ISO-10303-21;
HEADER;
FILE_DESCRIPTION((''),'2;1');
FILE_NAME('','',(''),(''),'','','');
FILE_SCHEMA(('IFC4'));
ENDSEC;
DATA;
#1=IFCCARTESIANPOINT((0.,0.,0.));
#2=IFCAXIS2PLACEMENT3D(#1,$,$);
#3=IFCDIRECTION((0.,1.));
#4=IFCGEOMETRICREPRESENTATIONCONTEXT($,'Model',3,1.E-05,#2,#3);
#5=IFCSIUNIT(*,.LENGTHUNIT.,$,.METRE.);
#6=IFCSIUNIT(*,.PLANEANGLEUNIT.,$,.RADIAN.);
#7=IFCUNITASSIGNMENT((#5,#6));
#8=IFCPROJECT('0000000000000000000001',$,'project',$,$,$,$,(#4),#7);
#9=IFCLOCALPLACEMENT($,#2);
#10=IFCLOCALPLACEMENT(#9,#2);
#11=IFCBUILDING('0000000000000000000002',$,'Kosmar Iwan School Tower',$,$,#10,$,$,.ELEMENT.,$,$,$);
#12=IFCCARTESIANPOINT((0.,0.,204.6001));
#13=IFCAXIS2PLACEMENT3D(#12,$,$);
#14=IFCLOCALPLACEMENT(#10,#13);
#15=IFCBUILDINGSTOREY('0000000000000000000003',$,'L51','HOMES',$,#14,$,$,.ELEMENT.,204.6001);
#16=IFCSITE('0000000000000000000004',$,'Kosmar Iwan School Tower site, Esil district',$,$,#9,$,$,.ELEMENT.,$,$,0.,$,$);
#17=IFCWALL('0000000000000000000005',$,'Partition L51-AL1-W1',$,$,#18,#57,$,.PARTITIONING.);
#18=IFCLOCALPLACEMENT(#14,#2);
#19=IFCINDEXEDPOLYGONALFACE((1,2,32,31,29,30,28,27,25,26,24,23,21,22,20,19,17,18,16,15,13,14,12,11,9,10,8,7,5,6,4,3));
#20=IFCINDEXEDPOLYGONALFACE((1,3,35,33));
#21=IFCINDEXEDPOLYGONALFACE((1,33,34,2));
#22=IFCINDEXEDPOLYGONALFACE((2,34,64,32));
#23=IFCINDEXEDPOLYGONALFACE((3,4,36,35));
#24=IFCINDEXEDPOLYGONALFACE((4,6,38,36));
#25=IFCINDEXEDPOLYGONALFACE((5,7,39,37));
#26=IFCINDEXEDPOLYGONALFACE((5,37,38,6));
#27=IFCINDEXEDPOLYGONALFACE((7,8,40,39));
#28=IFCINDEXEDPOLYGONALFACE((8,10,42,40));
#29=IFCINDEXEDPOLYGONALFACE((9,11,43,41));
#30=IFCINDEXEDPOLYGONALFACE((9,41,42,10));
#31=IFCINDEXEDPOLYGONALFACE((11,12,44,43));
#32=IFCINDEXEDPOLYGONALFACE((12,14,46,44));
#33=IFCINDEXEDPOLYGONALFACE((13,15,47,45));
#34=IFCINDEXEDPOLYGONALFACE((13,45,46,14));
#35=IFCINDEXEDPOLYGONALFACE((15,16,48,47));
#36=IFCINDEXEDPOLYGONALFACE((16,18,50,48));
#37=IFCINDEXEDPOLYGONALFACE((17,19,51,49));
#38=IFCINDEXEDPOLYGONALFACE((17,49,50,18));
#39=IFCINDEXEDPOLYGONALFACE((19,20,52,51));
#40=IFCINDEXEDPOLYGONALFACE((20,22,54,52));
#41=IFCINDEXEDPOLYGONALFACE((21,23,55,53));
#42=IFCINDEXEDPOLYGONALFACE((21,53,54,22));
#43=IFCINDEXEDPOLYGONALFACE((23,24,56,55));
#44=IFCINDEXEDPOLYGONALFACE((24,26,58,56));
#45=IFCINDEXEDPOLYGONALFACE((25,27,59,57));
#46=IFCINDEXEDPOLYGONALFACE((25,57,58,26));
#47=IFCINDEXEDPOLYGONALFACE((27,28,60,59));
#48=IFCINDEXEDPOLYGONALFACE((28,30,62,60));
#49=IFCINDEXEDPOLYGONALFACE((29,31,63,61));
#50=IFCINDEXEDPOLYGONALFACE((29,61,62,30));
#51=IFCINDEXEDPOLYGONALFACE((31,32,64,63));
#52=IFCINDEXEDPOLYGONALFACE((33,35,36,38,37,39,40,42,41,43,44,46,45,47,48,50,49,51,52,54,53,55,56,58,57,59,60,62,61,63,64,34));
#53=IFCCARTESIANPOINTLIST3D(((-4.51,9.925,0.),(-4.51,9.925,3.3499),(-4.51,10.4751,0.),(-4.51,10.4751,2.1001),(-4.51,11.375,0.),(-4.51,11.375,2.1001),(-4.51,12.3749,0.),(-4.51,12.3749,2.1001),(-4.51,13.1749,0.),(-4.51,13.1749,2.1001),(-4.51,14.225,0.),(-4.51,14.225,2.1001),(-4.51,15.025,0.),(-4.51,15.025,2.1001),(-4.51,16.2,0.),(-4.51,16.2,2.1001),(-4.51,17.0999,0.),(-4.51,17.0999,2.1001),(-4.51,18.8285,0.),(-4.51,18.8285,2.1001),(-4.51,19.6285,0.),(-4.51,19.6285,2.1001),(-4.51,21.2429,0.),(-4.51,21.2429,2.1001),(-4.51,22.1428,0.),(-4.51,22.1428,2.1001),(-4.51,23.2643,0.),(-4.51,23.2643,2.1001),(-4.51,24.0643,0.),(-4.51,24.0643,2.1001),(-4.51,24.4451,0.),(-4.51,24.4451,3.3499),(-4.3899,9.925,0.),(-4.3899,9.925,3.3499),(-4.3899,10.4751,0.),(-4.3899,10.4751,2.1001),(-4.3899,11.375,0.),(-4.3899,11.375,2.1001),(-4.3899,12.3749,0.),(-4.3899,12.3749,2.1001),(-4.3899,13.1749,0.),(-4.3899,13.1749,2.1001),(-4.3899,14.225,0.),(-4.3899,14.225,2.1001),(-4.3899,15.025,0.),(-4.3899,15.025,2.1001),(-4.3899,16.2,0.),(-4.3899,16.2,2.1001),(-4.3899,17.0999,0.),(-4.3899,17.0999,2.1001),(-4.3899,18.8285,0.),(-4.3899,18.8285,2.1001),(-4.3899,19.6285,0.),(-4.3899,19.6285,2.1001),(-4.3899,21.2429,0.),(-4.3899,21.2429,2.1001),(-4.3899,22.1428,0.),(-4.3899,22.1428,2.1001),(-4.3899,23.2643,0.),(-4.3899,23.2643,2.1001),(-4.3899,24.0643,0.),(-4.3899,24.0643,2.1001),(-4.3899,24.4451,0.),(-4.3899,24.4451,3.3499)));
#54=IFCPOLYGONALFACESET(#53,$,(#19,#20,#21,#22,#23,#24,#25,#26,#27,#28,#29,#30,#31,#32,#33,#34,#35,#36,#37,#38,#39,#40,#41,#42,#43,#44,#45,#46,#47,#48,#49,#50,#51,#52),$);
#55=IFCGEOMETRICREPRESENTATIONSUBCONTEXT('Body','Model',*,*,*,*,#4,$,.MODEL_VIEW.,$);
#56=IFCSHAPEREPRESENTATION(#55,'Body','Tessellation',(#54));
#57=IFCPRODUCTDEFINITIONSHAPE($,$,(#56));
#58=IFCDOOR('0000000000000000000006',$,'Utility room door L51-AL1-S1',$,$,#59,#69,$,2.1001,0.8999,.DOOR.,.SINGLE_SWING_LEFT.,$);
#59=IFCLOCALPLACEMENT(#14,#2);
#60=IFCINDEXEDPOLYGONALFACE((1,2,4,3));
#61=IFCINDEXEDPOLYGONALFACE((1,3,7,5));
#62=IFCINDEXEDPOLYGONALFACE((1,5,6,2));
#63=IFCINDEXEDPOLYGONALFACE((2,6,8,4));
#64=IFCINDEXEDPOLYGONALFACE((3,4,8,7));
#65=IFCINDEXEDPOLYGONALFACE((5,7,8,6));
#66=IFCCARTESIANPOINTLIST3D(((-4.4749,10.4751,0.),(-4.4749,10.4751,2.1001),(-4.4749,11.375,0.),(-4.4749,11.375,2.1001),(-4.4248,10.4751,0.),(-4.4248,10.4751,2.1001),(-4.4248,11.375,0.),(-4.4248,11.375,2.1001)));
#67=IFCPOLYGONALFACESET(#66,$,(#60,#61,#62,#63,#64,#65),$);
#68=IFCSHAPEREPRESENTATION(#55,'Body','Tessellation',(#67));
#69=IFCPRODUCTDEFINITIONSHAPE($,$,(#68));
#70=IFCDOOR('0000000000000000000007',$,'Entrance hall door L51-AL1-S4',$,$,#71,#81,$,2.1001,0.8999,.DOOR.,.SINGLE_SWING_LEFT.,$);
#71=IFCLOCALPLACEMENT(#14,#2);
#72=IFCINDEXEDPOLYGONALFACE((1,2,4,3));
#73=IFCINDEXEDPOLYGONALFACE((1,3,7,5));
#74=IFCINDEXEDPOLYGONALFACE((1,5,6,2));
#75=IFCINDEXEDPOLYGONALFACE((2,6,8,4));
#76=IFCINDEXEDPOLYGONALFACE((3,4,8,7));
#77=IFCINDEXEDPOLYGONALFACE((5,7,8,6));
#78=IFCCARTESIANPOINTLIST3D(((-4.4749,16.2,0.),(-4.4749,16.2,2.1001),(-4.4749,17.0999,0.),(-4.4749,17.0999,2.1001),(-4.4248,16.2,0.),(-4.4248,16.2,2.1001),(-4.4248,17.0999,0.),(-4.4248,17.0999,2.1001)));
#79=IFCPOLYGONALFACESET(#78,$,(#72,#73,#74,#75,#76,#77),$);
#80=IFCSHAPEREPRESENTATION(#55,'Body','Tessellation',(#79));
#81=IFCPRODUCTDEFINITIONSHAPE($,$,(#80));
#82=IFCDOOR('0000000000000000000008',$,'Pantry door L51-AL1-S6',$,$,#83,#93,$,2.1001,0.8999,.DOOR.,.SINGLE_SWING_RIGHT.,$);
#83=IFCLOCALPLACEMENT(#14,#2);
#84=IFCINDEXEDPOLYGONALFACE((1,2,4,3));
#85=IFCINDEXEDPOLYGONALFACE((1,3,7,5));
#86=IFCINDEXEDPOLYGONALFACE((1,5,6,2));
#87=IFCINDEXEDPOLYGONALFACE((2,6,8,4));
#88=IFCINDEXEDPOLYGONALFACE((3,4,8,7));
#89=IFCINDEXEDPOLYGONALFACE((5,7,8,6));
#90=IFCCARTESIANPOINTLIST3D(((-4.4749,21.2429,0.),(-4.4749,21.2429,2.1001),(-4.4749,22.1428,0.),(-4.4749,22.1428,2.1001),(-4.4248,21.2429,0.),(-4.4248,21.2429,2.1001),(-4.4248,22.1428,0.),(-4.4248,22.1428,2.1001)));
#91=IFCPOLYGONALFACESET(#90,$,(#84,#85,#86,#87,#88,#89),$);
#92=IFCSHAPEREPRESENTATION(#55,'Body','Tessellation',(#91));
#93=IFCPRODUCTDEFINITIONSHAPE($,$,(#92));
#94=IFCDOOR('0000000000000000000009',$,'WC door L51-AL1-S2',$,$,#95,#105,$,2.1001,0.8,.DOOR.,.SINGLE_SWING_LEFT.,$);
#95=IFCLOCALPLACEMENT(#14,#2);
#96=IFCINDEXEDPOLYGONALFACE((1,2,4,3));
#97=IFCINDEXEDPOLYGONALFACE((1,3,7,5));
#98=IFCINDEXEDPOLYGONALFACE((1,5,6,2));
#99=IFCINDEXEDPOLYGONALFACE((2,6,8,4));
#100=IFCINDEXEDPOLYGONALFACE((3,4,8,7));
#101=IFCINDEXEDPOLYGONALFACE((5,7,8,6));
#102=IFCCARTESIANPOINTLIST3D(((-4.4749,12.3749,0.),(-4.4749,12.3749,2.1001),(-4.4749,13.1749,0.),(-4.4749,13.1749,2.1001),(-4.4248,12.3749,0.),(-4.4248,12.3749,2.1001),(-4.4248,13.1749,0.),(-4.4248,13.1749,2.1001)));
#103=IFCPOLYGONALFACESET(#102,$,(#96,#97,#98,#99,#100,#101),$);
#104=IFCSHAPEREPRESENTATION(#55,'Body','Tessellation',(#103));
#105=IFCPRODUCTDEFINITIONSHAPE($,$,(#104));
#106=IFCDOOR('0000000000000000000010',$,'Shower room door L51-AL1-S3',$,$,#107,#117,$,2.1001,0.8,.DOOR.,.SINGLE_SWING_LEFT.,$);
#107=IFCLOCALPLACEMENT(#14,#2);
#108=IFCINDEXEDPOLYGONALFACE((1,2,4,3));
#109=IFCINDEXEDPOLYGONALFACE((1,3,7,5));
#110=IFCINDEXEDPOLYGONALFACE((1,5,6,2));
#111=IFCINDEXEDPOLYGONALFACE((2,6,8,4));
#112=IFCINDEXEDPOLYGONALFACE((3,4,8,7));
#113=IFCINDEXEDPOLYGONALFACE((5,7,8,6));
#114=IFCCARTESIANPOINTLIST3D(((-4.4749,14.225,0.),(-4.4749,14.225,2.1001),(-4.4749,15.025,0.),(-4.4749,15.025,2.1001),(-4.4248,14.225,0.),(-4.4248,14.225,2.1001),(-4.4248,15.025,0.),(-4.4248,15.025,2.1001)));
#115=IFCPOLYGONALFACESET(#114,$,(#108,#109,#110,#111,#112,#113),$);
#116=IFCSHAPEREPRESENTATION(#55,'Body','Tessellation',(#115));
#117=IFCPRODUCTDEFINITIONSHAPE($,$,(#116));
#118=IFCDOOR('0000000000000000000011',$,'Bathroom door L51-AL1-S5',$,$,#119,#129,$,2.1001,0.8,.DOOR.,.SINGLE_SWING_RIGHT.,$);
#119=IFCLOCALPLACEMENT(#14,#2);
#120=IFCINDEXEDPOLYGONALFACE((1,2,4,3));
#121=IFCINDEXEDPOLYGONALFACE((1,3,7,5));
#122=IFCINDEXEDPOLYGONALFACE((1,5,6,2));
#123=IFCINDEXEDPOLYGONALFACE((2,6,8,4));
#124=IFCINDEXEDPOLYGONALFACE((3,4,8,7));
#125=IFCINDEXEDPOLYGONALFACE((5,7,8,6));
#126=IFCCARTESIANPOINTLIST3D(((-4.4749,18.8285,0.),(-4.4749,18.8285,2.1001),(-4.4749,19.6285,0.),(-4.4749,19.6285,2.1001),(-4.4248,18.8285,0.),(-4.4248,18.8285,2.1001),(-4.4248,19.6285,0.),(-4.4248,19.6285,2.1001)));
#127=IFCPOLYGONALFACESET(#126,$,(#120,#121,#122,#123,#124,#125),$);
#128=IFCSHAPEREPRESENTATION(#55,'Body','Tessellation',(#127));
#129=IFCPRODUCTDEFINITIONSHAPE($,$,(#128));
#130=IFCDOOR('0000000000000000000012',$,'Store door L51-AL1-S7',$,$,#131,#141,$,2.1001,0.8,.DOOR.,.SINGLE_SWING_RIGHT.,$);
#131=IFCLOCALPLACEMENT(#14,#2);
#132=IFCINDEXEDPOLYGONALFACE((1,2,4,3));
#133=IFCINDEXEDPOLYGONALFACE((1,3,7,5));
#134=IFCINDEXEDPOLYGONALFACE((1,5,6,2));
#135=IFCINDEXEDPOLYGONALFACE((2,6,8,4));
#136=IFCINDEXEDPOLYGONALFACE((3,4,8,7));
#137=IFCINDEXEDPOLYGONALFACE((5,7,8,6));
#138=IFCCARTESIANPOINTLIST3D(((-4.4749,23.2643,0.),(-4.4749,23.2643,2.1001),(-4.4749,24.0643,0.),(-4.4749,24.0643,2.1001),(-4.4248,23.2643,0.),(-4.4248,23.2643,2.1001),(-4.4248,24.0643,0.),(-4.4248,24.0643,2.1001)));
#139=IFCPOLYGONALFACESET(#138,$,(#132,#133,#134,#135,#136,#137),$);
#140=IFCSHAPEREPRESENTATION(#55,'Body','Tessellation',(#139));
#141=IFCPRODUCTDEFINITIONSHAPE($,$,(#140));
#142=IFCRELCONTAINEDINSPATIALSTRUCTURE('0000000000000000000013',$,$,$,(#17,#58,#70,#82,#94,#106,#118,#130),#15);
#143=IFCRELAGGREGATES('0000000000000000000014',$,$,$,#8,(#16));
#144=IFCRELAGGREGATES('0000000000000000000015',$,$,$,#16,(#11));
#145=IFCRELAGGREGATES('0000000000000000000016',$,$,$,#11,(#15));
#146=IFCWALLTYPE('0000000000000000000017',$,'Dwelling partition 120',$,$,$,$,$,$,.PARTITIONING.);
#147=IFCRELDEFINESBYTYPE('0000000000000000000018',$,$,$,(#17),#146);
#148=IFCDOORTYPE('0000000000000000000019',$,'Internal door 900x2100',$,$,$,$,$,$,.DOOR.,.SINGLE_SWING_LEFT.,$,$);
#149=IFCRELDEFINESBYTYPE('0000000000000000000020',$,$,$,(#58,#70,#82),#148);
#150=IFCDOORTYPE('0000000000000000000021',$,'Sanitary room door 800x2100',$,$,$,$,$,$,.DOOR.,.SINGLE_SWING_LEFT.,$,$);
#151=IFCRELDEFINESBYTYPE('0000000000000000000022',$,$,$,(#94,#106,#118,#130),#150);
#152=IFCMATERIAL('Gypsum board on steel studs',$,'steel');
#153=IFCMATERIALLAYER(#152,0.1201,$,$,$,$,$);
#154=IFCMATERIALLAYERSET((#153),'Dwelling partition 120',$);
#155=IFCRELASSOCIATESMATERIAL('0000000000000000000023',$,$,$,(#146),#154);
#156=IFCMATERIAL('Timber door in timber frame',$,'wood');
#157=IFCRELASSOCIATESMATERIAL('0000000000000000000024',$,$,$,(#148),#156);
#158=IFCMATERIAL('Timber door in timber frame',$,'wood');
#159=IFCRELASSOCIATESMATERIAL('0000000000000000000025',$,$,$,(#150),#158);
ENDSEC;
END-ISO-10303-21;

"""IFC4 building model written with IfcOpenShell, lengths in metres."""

from ifc_helpers import new_model, si_unit, direction, frame, frame_2d, origin, place, context, subcontext, project, spatial, rectangle, extrude, material, layer, layer_set, type_object, element, fill, save


model = new_model("IFC4")

# Units and contexts
model_context = context("Model", 3, precision=1e-05, world=origin(), true_north=direction((0.0, 1.0)))
body_context = subcontext(model_context, "Body", "Model", "MODEL_VIEW")
ifc_project = project(units=[si_unit("LENGTHUNIT", "METRE"), si_unit("PLANEANGLEUNIT", "RADIAN")], contexts=[model_context])

# Site, building, storey
site_placement = place(None, origin())
site = spatial("IfcSite", under=ifc_project, at=site_placement, Name="Kosmar Iwan School Tower site, Esil district", CompositionType="ELEMENT", RefElevation=0.0)
building_placement = place(site_placement, origin())
building = spatial("IfcBuilding", under=site, at=building_placement, Name="Kosmar Iwan School Tower", CompositionType="ELEMENT")
storey_placement = place(building_placement, frame((0.0, 0.0, 204.6001)))
storey = spatial("IfcBuildingStorey", under=building, at=storey_placement, Name="L51", Description="HOMES", CompositionType="ELEMENT", Elevation=204.6001)

# Wall, openings, doors
ifc_material_1 = material(Name="Gypsum board on steel studs", Category="steel")
ifc_layer_1 = layer(ifc_material_1, 0.1201)
ifc_layer_set_1 = layer_set([ifc_layer_1], Name="Dwelling partition 120")
wall_type_1 = type_object("IfcWallType", Name="Dwelling partition 120", PredefinedType="PARTITIONING", material=ifc_layer_set_1)
wall_1_placement = place(storey_placement, frame((-4.45, 9.925, 0.0), z_axis=(0.0, 0.0, 1.0), x_axis=(0.0, 1.0, 0.0)))
wall_1 = element("IfcWall", 1, at=wall_1_placement, inside=storey, type_object=wall_type_1, Name="Partition L51-AL1-W1", PredefinedType="PARTITIONING", context=body_context, shape_type="SweptSolid", body=[
    extrude(rectangle(XDim=14.52, YDim=0.1201, at=frame_2d((7.26, 0.0))), origin(), (0.0, 0.0, 1.0), 3.3499),
])
opening_1_placement = place(wall_1_placement, frame((0.55, 0.0, 0.0)))
opening_1 = element("IfcOpeningElement", 2, at=opening_1_placement, cuts=wall_1, PredefinedType="OPENING", context=body_context, shape_type="SweptSolid", body=[
    extrude(rectangle(XDim=0.8999, YDim=2.1001, at=frame_2d((0.45, 1.05))), frame((0.0, 0.072, 0.0), z_axis=(0.0, -1.0, 0.0), x_axis=(1.0, 0.0, 0.0)), (0.0, 0.0, 1.0), 0.144),
])
opening_2_placement = place(wall_1_placement, frame((2.45, 0.0, 0.0)))
opening_2 = element("IfcOpeningElement", 3, at=opening_2_placement, cuts=wall_1, PredefinedType="OPENING", context=body_context, shape_type="SweptSolid", body=[
    extrude(rectangle(XDim=0.8, YDim=2.1001, at=frame_2d((0.3999, 1.05))), frame((0.0, 0.072, 0.0), z_axis=(0.0, -1.0, 0.0), x_axis=(1.0, 0.0, 0.0)), (0.0, 0.0, 1.0), 0.144),
])
opening_3_placement = place(wall_1_placement, frame((4.3, 0.0, 0.0)))
opening_3 = element("IfcOpeningElement", 4, at=opening_3_placement, cuts=wall_1, PredefinedType="OPENING", context=body_context, shape_type="SweptSolid", body=[
    extrude(rectangle(XDim=0.8, YDim=2.1001, at=frame_2d((0.3999, 1.05))), frame((0.0, 0.072, 0.0), z_axis=(0.0, -1.0, 0.0), x_axis=(1.0, 0.0, 0.0)), (0.0, 0.0, 1.0), 0.144),
])
opening_4_placement = place(wall_1_placement, frame((6.2749, 0.0, 0.0)))
opening_4 = element("IfcOpeningElement", 5, at=opening_4_placement, cuts=wall_1, PredefinedType="OPENING", context=body_context, shape_type="SweptSolid", body=[
    extrude(rectangle(XDim=0.8999, YDim=2.1001, at=frame_2d((0.45, 1.05))), frame((0.0, 0.072, 0.0), z_axis=(0.0, -1.0, 0.0), x_axis=(1.0, 0.0, 0.0)), (0.0, 0.0, 1.0), 0.144),
])
opening_5_placement = place(wall_1_placement, frame((8.9036, 0.0, 0.0)))
opening_5 = element("IfcOpeningElement", 6, at=opening_5_placement, cuts=wall_1, PredefinedType="OPENING", context=body_context, shape_type="SweptSolid", body=[
    extrude(rectangle(XDim=0.8, YDim=2.1001, at=frame_2d((0.3999, 1.05))), frame((0.0, 0.072, 0.0), z_axis=(0.0, -1.0, 0.0), x_axis=(1.0, 0.0, 0.0)), (0.0, 0.0, 1.0), 0.144),
])
opening_6_placement = place(wall_1_placement, frame((11.3179, 0.0, 0.0)))
opening_6 = element("IfcOpeningElement", 7, at=opening_6_placement, cuts=wall_1, PredefinedType="OPENING", context=body_context, shape_type="SweptSolid", body=[
    extrude(rectangle(XDim=0.8999, YDim=2.1001, at=frame_2d((0.45, 1.05))), frame((0.0, 0.072, 0.0), z_axis=(0.0, -1.0, 0.0), x_axis=(1.0, 0.0, 0.0)), (0.0, 0.0, 1.0), 0.144),
])
opening_7_placement = place(wall_1_placement, frame((13.3394, 0.0, 0.0)))
opening_7 = element("IfcOpeningElement", 8, at=opening_7_placement, cuts=wall_1, PredefinedType="OPENING", context=body_context, shape_type="SweptSolid", body=[
    extrude(rectangle(XDim=0.8, YDim=2.1001, at=frame_2d((0.3999, 1.05))), frame((0.0, 0.072, 0.0), z_axis=(0.0, -1.0, 0.0), x_axis=(1.0, 0.0, 0.0)), (0.0, 0.0, 1.0), 0.144),
])
ifc_material_2 = material(Name="Timber door in timber frame", Category="wood")
door_type_1 = type_object("IfcDoorType", Name="Internal door 900x2100", OperationType="SINGLE_SWING_LEFT", PredefinedType="DOOR", material=ifc_material_2)
door_1_placement = place(opening_1_placement, origin())
door_1 = element("IfcDoor", 9, at=door_1_placement, inside=storey, type_object=door_type_1, Name="Utility room door L51-AL1-S1", OperationType="SINGLE_SWING_LEFT", OverallHeight=2.1001, OverallWidth=0.8999, PredefinedType="DOOR", context=body_context, shape_type="SweptSolid", body=[
    extrude(rectangle(XDim=0.8999, YDim=2.1001, at=frame_2d((0.45, 1.05))), frame((0.0, 0.0249, 0.0), z_axis=(0.0, -1.0, 0.0), x_axis=(1.0, 0.0, 0.0)), (0.0, 0.0, 1.0), 0.05),
])
fill(opening_1, door_1)
door_2_placement = place(opening_4_placement, origin())
door_2 = element("IfcDoor", 10, at=door_2_placement, inside=storey, type_object=door_type_1, Name="Entrance hall door L51-AL1-S4", OperationType="SINGLE_SWING_LEFT", OverallHeight=2.1001, OverallWidth=0.8999, PredefinedType="DOOR", context=body_context, shape_type="SweptSolid", body=[
    extrude(rectangle(XDim=0.8999, YDim=2.1001, at=frame_2d((0.45, 1.05))), frame((0.0, 0.0249, 0.0), z_axis=(0.0, -1.0, 0.0), x_axis=(1.0, 0.0, 0.0)), (0.0, 0.0, 1.0), 0.05),
])
fill(opening_4, door_2)
door_3_placement = place(opening_6_placement, origin())
door_3 = element("IfcDoor", 11, at=door_3_placement, inside=storey, type_object=door_type_1, Name="Pantry door L51-AL1-S6", OperationType="SINGLE_SWING_RIGHT", OverallHeight=2.1001, OverallWidth=0.8999, PredefinedType="DOOR", context=body_context, shape_type="SweptSolid", body=[
    extrude(rectangle(XDim=0.8999, YDim=2.1001, at=frame_2d((0.45, 1.05))), frame((0.0, 0.0249, 0.0), z_axis=(0.0, -1.0, 0.0), x_axis=(1.0, 0.0, 0.0)), (0.0, 0.0, 1.0), 0.05),
])
fill(opening_6, door_3)
ifc_material_3 = material(Name="Timber door in timber frame", Category="wood")
door_type_2 = type_object("IfcDoorType", Name="Sanitary room door 800x2100", OperationType="SINGLE_SWING_LEFT", PredefinedType="DOOR", material=ifc_material_3)
door_4_placement = place(opening_2_placement, origin())
door_4 = element("IfcDoor", 12, at=door_4_placement, inside=storey, type_object=door_type_2, Name="WC door L51-AL1-S2", OperationType="SINGLE_SWING_LEFT", OverallHeight=2.1001, OverallWidth=0.8, PredefinedType="DOOR", context=body_context, shape_type="SweptSolid", body=[
    extrude(rectangle(XDim=0.8, YDim=2.1001, at=frame_2d((0.3999, 1.05))), frame((0.0, 0.0249, 0.0), z_axis=(0.0, -1.0, 0.0), x_axis=(1.0, 0.0, 0.0)), (0.0, 0.0, 1.0), 0.05),
])
fill(opening_2, door_4)
door_5_placement = place(opening_3_placement, origin())
door_5 = element("IfcDoor", 13, at=door_5_placement, inside=storey, type_object=door_type_2, Name="Shower room door L51-AL1-S3", OperationType="SINGLE_SWING_LEFT", OverallHeight=2.1001, OverallWidth=0.8, PredefinedType="DOOR", context=body_context, shape_type="SweptSolid", body=[
    extrude(rectangle(XDim=0.8, YDim=2.1001, at=frame_2d((0.3999, 1.05))), frame((0.0, 0.0249, 0.0), z_axis=(0.0, -1.0, 0.0), x_axis=(1.0, 0.0, 0.0)), (0.0, 0.0, 1.0), 0.05),
])
fill(opening_3, door_5)
door_6_placement = place(opening_5_placement, origin())
door_6 = element("IfcDoor", 14, at=door_6_placement, inside=storey, type_object=door_type_2, Name="Bathroom door L51-AL1-S5", OperationType="SINGLE_SWING_RIGHT", OverallHeight=2.1001, OverallWidth=0.8, PredefinedType="DOOR", context=body_context, shape_type="SweptSolid", body=[
    extrude(rectangle(XDim=0.8, YDim=2.1001, at=frame_2d((0.3999, 1.05))), frame((0.0, 0.0249, 0.0), z_axis=(0.0, -1.0, 0.0), x_axis=(1.0, 0.0, 0.0)), (0.0, 0.0, 1.0), 0.05),
])
fill(opening_5, door_6)
door_7_placement = place(opening_7_placement, origin())
door_7 = element("IfcDoor", 15, at=door_7_placement, inside=storey, type_object=door_type_2, Name="Store door L51-AL1-S7", OperationType="SINGLE_SWING_RIGHT", OverallHeight=2.1001, OverallWidth=0.8, PredefinedType="DOOR", context=body_context, shape_type="SweptSolid", body=[
    extrude(rectangle(XDim=0.8, YDim=2.1001, at=frame_2d((0.3999, 1.05))), frame((0.0, 0.0249, 0.0), z_axis=(0.0, -1.0, 0.0), x_axis=(1.0, 0.0, 0.0)), (0.0, 0.0, 1.0), 0.05),
])
fill(opening_7, door_7)

save(model, "model.ifc")
